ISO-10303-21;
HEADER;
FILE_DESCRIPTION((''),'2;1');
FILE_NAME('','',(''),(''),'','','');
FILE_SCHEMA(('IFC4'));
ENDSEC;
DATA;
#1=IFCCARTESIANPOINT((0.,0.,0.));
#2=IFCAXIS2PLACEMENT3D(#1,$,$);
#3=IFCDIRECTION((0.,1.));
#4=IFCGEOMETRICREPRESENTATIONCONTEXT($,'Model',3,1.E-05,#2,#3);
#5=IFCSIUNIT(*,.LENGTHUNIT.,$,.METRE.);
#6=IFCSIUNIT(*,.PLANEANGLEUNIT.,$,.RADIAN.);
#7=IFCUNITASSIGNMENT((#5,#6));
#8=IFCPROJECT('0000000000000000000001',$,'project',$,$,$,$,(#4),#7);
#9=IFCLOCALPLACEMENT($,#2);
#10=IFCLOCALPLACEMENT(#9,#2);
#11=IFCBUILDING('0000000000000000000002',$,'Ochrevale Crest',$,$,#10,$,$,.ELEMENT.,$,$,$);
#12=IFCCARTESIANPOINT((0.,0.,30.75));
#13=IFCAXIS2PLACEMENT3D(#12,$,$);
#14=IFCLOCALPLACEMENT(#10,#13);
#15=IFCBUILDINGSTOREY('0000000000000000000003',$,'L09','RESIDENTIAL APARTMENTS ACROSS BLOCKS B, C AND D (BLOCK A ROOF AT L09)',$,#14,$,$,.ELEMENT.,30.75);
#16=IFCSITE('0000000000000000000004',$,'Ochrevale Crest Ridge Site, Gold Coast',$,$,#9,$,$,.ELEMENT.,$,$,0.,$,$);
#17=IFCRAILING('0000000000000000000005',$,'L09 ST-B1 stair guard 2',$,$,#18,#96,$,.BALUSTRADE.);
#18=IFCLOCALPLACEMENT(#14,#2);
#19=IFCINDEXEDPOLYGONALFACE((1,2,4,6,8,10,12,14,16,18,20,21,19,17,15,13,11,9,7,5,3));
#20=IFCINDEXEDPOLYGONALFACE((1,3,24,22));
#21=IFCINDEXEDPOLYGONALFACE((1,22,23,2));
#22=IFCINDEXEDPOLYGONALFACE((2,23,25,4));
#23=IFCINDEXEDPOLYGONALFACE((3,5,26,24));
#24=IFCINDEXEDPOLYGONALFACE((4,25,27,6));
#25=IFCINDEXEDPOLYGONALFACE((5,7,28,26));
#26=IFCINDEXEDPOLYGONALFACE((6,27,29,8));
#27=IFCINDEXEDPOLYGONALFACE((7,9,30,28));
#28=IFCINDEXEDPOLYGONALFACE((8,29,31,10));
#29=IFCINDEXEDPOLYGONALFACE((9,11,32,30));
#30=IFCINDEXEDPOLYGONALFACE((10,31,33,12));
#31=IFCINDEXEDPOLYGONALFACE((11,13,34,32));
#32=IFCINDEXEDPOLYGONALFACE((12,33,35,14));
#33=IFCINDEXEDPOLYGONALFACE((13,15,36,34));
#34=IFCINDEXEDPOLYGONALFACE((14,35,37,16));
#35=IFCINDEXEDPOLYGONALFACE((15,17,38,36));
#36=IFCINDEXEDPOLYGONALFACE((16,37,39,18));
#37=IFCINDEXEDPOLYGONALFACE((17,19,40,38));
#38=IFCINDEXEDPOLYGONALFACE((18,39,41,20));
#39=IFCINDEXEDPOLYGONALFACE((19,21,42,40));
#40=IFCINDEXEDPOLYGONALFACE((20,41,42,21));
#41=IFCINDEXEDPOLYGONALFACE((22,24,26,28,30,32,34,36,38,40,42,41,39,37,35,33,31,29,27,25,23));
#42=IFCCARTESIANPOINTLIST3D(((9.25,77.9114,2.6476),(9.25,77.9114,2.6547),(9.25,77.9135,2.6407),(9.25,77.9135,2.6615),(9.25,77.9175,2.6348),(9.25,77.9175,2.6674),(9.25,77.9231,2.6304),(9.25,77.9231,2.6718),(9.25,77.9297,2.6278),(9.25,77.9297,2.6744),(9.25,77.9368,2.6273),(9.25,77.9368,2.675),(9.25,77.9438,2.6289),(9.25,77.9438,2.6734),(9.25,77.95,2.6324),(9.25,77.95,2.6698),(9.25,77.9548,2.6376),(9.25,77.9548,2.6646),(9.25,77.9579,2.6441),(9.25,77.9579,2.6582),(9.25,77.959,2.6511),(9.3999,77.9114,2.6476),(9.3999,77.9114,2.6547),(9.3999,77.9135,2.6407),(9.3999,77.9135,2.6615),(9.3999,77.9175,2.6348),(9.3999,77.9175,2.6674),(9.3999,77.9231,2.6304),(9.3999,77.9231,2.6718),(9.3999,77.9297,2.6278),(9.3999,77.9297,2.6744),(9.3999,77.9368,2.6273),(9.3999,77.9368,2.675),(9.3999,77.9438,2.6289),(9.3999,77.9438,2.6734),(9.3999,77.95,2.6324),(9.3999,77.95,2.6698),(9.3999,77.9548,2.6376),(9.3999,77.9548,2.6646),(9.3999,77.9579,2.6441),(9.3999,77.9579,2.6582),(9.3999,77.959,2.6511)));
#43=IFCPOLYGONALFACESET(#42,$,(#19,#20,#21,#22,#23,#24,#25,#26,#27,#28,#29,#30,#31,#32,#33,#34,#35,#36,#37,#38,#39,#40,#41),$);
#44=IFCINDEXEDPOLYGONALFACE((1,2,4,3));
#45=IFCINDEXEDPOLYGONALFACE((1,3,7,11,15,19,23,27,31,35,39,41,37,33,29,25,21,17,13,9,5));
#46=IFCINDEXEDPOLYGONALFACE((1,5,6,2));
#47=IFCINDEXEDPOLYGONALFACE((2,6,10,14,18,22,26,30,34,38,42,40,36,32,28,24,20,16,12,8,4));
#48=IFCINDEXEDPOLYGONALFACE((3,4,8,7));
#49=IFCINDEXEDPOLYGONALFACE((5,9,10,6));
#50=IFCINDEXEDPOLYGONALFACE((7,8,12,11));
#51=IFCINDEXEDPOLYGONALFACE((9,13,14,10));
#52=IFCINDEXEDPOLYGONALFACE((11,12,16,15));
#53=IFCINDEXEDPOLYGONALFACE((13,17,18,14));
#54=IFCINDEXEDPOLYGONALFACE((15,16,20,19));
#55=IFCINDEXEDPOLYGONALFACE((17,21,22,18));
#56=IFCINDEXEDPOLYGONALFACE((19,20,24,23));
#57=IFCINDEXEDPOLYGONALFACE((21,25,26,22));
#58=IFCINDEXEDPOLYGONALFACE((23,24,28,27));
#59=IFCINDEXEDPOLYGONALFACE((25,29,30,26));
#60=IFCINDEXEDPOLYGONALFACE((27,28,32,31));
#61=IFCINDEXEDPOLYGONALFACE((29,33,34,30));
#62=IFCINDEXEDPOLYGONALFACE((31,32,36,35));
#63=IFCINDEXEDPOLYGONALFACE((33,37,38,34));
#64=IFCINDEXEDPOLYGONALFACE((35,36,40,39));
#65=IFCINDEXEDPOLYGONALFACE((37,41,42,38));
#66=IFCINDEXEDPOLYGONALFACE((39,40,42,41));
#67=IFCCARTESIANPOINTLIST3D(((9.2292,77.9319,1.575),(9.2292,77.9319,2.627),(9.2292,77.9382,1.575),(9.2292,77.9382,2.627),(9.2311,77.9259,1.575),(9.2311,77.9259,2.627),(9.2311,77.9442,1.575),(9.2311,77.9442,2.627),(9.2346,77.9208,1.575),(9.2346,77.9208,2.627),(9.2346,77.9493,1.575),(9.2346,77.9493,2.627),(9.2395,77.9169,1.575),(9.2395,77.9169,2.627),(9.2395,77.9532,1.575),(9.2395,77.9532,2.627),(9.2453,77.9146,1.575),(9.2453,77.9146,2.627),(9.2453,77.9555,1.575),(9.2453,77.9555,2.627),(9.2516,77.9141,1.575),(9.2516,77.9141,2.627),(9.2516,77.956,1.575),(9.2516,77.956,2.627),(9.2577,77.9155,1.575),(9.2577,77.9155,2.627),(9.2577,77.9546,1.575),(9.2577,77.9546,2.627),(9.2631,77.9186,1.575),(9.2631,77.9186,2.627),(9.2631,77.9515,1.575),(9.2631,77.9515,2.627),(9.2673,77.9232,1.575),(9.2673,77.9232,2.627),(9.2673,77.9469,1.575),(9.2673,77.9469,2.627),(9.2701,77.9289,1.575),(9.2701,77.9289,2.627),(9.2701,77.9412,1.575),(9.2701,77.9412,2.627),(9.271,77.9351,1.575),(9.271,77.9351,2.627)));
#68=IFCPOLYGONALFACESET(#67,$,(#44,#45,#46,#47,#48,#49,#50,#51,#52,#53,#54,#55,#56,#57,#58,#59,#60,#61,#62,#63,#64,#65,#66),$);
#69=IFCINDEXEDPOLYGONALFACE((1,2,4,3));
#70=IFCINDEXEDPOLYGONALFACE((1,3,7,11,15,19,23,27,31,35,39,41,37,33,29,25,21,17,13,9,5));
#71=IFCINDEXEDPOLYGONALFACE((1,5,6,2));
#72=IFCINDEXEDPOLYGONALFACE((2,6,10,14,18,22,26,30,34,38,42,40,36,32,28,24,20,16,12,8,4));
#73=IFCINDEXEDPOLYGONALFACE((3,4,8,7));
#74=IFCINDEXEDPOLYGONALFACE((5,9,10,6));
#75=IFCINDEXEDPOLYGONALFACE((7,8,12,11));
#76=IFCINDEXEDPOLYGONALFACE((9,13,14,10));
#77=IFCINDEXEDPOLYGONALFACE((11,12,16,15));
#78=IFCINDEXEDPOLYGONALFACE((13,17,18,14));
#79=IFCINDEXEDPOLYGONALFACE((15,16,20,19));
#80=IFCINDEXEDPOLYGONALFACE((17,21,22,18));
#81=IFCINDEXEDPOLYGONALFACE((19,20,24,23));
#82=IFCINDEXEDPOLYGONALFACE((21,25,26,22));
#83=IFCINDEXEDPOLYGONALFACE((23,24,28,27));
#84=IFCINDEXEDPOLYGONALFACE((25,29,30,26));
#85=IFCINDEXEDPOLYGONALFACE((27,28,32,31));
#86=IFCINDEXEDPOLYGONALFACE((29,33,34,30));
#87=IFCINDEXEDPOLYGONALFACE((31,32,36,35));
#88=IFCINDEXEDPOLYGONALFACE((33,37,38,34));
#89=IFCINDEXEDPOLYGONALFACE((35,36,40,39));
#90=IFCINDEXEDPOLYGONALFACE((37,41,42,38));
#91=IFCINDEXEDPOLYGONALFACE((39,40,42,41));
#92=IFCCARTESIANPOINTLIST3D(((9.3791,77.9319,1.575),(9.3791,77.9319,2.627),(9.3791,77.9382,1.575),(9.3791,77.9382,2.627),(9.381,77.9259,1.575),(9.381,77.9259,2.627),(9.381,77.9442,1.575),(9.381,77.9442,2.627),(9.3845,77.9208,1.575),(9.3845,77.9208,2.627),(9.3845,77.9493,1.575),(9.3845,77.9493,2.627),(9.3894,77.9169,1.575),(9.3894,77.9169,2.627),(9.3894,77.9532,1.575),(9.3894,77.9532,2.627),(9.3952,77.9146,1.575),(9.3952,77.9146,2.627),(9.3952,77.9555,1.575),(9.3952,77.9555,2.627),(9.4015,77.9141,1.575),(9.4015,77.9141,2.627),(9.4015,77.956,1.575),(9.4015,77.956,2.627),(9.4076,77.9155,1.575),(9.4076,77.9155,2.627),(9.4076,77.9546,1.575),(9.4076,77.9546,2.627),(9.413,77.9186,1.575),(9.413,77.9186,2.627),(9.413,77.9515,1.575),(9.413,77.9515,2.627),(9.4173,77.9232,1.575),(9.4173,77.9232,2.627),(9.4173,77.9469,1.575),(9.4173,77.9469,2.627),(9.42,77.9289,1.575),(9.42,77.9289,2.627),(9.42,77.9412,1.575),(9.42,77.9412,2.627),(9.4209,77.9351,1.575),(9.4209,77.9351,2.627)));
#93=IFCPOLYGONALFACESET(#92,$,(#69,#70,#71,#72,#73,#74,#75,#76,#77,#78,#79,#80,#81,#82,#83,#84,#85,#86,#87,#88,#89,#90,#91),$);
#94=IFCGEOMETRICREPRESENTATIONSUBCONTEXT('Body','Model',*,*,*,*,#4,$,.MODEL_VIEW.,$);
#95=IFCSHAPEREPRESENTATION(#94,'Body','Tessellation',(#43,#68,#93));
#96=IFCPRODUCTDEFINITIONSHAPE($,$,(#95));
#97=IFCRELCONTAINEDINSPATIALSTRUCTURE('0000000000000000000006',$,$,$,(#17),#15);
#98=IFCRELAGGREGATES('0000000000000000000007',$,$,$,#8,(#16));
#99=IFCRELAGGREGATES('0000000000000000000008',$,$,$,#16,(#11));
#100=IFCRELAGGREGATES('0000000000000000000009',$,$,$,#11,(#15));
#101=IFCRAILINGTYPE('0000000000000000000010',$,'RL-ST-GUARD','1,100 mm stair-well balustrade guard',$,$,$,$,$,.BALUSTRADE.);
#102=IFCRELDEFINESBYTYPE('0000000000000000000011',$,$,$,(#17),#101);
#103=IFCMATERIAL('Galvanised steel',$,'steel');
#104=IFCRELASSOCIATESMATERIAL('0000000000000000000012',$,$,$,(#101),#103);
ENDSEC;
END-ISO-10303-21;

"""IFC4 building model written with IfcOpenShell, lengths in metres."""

from ifc_helpers import new_model, si_unit, direction, frame, origin, origin_2d, place, context, subcontext, project, spatial, circle, extrude, material, type_object, element, save


model = new_model("IFC4")

# Units and contexts
model_context = context("Model", 3, precision=1e-05, world=origin(), true_north=direction((0.0, 1.0)))
body_context = subcontext(model_context, "Body", "Model", "MODEL_VIEW")
ifc_project = project(units=[si_unit("LENGTHUNIT", "METRE"), si_unit("PLANEANGLEUNIT", "RADIAN")], contexts=[model_context])

# Site, building, storey
site_placement = place(None, origin())
site = spatial("IfcSite", under=ifc_project, at=site_placement, Name="Ochrevale Crest Ridge Site, Gold Coast", CompositionType="ELEMENT", RefElevation=0.0)
building_placement = place(site_placement, origin())
building = spatial("IfcBuilding", under=site, at=building_placement, Name="Ochrevale Crest", CompositionType="ELEMENT")
storey_placement = place(building_placement, frame((0.0, 0.0, 30.75)))
storey = spatial("IfcBuildingStorey", under=building, at=storey_placement, Name="L09", Description="RESIDENTIAL APARTMENTS ACROSS BLOCKS B, C AND D (BLOCK A ROOF AT L09)", CompositionType="ELEMENT", Elevation=30.75)

# Railing
ifc_material_1 = material(Name="Galvanised steel", Category="steel")
railing_type_1 = type_object("IfcRailingType", Name="RL-ST-GUARD", Description="1,100 mm stair-well balustrade guard", PredefinedType="BALUSTRADE", material=ifc_material_1)
railing_1_placement = place(storey_placement, frame((9.25, 77.9351, 1.575)))
element("IfcRailing", 1, at=railing_1_placement, inside=storey, type_object=railing_type_1, Name="L09 ST-B1 stair guard 2", PredefinedType="BALUSTRADE", context=body_context, shape_type="SweptSolid", body=[
    extrude(circle(Radius=0.0239, at=origin_2d()), frame((0.0, 0.0, 1.0762), z_axis=(1.0, 0.0, 0.0), x_axis=(0.0, 1.0, 0.0)), (0.0, 0.0, 1.0), 0.1499),
    extrude(circle(Radius=0.021, at=origin_2d()), origin(), (0.0, 0.0, 1.0), 1.052),
    extrude(circle(Radius=0.021, at=origin_2d()), frame((0.1499, 0.0, 0.0)), (0.0, 0.0, 1.0), 1.052),
])

save(model, "model.ifc")
